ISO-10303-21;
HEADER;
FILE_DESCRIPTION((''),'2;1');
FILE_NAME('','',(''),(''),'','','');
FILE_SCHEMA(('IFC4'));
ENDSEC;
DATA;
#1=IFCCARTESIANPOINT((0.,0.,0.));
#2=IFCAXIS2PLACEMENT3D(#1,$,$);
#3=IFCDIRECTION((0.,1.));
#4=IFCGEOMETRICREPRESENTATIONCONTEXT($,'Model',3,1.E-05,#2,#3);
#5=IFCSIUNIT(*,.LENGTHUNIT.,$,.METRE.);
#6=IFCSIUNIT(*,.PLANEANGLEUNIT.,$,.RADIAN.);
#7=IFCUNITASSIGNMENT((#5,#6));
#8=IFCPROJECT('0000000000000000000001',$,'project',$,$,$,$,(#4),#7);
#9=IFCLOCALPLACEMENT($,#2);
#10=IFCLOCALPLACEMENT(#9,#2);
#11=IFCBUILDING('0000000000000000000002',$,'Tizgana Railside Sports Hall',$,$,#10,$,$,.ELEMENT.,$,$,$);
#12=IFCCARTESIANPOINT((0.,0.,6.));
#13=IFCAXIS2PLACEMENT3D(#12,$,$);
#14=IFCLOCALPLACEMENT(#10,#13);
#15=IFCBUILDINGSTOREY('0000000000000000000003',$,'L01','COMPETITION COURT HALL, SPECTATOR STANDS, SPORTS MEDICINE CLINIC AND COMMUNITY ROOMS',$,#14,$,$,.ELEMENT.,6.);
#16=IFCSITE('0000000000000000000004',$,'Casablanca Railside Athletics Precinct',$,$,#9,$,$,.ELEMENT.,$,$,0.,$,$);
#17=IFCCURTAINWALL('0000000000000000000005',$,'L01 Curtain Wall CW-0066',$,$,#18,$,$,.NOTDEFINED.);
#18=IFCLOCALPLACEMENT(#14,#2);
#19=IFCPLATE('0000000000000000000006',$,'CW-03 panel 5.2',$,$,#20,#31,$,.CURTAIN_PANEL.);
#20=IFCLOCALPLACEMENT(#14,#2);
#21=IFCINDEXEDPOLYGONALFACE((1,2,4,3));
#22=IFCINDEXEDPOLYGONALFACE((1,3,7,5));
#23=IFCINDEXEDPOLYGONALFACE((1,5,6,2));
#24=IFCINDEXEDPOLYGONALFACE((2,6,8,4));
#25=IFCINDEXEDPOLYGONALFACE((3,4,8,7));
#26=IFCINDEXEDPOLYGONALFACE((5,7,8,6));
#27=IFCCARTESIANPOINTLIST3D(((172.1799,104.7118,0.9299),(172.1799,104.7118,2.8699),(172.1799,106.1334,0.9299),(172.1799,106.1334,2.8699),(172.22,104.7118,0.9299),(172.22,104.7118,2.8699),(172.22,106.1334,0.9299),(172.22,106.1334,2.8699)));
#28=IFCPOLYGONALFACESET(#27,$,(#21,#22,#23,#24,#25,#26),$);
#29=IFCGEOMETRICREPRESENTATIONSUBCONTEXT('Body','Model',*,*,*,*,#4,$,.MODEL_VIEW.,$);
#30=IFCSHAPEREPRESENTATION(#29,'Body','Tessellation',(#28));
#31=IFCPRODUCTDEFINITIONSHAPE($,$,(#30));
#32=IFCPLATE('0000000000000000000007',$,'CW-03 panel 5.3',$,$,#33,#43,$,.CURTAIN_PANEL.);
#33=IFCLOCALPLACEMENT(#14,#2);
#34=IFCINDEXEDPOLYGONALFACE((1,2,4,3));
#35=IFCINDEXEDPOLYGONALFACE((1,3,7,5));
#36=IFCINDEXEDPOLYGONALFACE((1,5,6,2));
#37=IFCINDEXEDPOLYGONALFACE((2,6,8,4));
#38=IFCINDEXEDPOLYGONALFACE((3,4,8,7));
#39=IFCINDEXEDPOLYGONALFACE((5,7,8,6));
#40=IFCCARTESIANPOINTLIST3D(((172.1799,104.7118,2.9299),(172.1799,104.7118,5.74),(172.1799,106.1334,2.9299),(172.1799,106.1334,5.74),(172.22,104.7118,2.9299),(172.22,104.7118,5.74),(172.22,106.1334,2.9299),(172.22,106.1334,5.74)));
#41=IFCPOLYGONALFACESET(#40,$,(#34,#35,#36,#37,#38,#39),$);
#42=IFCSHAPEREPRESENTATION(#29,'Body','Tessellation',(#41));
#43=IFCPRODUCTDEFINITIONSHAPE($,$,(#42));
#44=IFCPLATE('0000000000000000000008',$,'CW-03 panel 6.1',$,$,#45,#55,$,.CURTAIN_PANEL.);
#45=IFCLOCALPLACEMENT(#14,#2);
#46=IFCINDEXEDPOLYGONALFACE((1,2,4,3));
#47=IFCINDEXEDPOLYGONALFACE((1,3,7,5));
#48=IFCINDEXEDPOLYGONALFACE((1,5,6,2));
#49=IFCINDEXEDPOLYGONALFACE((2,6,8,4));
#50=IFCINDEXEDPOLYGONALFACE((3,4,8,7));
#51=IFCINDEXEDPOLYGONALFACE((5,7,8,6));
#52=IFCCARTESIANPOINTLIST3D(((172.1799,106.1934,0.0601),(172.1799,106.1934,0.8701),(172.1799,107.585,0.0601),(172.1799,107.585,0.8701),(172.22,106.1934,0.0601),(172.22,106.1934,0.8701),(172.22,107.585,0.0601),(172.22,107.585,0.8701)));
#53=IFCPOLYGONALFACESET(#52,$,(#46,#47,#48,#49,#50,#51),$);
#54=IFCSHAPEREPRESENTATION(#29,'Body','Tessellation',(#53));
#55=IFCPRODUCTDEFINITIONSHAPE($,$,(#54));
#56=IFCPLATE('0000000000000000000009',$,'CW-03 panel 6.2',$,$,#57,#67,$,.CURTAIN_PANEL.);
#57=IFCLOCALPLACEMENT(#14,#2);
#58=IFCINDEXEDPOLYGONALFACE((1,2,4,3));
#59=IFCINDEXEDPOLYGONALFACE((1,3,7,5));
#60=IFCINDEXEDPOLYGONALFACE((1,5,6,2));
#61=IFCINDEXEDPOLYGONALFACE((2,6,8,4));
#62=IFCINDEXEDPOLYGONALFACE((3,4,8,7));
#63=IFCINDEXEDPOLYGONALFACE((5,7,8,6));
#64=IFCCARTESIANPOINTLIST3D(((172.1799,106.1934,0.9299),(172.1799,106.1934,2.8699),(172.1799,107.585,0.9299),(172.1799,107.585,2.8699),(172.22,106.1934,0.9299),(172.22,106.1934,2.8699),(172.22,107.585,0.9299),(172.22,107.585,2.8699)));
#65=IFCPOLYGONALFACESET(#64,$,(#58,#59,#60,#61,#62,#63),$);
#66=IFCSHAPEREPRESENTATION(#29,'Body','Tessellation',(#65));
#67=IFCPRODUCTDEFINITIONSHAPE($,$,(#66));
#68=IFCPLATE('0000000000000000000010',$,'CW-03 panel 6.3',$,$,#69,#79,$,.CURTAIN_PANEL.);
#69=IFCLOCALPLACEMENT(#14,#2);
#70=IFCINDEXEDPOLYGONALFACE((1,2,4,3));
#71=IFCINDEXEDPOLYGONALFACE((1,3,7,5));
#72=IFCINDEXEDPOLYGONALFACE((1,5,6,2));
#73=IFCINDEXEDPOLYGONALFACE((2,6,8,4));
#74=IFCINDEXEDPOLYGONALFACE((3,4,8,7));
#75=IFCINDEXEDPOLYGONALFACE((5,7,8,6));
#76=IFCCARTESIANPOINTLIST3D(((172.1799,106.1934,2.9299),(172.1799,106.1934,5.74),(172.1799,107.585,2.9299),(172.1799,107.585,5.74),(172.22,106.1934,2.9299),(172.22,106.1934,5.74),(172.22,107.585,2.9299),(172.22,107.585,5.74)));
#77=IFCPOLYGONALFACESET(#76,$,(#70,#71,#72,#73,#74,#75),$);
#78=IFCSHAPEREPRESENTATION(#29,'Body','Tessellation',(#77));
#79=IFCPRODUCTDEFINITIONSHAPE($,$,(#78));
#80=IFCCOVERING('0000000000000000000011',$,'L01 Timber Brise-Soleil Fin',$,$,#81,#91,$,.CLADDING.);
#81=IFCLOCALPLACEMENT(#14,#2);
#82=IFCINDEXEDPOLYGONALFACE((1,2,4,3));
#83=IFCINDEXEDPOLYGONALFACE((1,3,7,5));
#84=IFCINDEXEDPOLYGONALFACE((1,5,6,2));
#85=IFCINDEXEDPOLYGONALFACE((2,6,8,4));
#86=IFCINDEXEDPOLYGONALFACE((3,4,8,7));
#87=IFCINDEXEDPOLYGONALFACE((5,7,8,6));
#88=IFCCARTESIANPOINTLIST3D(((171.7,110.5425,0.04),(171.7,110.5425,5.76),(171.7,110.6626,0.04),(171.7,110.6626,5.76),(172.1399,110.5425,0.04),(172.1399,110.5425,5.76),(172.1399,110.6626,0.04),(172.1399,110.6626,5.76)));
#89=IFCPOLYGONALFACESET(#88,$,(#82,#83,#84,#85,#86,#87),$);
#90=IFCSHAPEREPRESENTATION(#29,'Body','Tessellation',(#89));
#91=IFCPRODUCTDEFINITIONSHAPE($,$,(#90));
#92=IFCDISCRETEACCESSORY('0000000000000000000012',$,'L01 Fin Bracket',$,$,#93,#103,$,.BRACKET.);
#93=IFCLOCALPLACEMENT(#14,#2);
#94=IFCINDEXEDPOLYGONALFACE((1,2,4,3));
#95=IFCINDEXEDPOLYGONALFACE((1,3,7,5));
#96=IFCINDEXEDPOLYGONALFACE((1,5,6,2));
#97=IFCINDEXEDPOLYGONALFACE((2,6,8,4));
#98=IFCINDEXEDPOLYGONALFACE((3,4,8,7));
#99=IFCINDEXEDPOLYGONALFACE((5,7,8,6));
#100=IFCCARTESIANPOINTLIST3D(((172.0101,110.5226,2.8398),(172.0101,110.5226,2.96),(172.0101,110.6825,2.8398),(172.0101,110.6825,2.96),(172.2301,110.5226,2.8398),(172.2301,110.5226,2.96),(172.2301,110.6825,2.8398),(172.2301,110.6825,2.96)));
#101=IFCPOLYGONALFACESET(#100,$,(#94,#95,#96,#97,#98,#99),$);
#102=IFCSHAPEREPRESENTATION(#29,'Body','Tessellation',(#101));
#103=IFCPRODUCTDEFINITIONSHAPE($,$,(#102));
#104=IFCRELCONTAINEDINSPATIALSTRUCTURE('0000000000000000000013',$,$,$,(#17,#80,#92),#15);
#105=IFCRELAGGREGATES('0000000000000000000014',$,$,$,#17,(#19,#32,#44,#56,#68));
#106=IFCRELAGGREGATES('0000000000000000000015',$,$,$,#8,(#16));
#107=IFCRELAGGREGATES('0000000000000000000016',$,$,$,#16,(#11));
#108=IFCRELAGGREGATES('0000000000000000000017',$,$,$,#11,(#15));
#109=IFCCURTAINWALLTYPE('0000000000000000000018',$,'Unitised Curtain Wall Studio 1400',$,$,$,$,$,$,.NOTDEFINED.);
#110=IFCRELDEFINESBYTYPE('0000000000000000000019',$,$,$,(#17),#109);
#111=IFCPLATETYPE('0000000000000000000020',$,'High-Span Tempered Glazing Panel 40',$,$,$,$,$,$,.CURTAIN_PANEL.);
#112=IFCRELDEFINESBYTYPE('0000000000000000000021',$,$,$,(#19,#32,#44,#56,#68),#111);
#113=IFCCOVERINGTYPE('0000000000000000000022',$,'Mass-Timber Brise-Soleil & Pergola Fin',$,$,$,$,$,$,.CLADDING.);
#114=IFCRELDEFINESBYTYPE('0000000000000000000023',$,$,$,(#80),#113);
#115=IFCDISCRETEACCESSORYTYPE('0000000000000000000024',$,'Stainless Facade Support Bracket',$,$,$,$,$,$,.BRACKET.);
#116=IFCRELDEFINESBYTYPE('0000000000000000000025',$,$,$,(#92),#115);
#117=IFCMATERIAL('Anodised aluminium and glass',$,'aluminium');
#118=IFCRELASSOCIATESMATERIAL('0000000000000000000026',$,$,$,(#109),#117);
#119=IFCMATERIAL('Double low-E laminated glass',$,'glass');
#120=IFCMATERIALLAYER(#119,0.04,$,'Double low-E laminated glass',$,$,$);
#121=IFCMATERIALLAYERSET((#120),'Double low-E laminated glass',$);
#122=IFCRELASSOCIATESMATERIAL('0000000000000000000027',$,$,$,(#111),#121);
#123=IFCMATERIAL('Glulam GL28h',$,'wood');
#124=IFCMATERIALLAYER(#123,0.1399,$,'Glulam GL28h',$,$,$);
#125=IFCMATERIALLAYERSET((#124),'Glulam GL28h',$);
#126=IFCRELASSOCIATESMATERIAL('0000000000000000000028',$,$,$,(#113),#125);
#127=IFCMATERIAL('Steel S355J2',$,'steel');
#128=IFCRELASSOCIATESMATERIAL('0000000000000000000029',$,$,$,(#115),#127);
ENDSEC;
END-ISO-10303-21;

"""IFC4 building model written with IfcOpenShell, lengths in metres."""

from ifc_helpers import new_model, si_unit, direction, frame, origin, origin_2d, place, context, subcontext, project, spatial, rectangle, extrude, material, layer, layer_set, type_object, element, aggregate, save


model = new_model("IFC4")

# Units and contexts
model_context = context("Model", 3, precision=1e-05, world=origin(), true_north=direction((0.0, 1.0)))
body_context = subcontext(model_context, "Body", "Model", "MODEL_VIEW")
ifc_project = project(units=[si_unit("LENGTHUNIT", "METRE"), si_unit("PLANEANGLEUNIT", "RADIAN")], contexts=[model_context])

# Site, building, storey
site_placement = place(None, origin())
site = spatial("IfcSite", under=ifc_project, at=site_placement, Name="Casablanca Railside Athletics Precinct", CompositionType="ELEMENT", RefElevation=0.0)
building_placement = place(site_placement, origin())
building = spatial("IfcBuilding", under=site, at=building_placement, Name="Tizgana Railside Sports Hall", CompositionType="ELEMENT")
storey_placement = place(building_placement, frame((0.0, 0.0, 6.0)))
storey = spatial("IfcBuildingStorey", under=building, at=storey_placement, Name="L01", Description="COMPETITION COURT HALL, SPECTATOR STANDS, SPORTS MEDICINE CLINIC AND COMMUNITY ROOMS", CompositionType="ELEMENT", Elevation=6.0)

# Curtain wall
ifc_material_1 = material(Name="Anodised aluminium and glass", Category="aluminium")
curtain_wall_type_1 = type_object("IfcCurtainWallType", Name="Unitised Curtain Wall Studio 1400", PredefinedType="NOTDEFINED", material=ifc_material_1)
curtain_wall_1_placement = place(storey_placement, origin())
curtain_wall_1 = element("IfcCurtainWall", 1, at=curtain_wall_1_placement, inside=storey, type_object=curtain_wall_type_1, Name="L01 Curtain Wall CW-0066", PredefinedType="NOTDEFINED")

# Plates
ifc_material_2 = material(Name="Double low-E laminated glass", Category="glass")
ifc_layer_1 = layer(ifc_material_2, 0.04, Name="Double low-E laminated glass")
ifc_layer_set_1 = layer_set([ifc_layer_1], Name="Double low-E laminated glass")
plate_type_1 = type_object("IfcPlateType", Name="High-Span Tempered Glazing Panel 40", PredefinedType="CURTAIN_PANEL", material=ifc_layer_set_1)
plate_1_placement = place(storey_placement, frame((172.2, 105.4226, 0.9299), z_axis=(0.0, 0.0, 1.0), x_axis=(0.0, 1.0, 0.0)))
plate_1 = element("IfcPlate", 2, at=plate_1_placement, type_object=plate_type_1, Name="CW-03 panel 5.2", PredefinedType="CURTAIN_PANEL", context=body_context, shape_type="SweptSolid", body=[
    extrude(rectangle(XDim=1.4216, YDim=0.04, at=origin_2d()), origin(), (0.0, 0.0, 1.0), 1.9399),
])
plate_2_placement = place(storey_placement, frame((172.2, 105.4226, 2.9299), z_axis=(0.0, 0.0, 1.0), x_axis=(0.0, 1.0, 0.0)))
plate_2 = element("IfcPlate", 3, at=plate_2_placement, type_object=plate_type_1, Name="CW-03 panel 5.3", PredefinedType="CURTAIN_PANEL", context=body_context, shape_type="SweptSolid", body=[
    extrude(rectangle(XDim=1.4216, YDim=0.04, at=origin_2d()), origin(), (0.0, 0.0, 1.0), 2.8101),
])
plate_3_placement = place(storey_placement, frame((172.2, 106.8892, 0.0601), z_axis=(0.0, 0.0, 1.0), x_axis=(0.0, 1.0, 0.0)))
plate_3 = element("IfcPlate", 4, at=plate_3_placement, type_object=plate_type_1, Name="CW-03 panel 6.1", PredefinedType="CURTAIN_PANEL", context=body_context, shape_type="SweptSolid", body=[
    extrude(rectangle(XDim=1.3916, YDim=0.04, at=origin_2d()), origin(), (0.0, 0.0, 1.0), 0.8101),
])
plate_4_placement = place(storey_placement, frame((172.2, 106.8892, 0.9299), z_axis=(0.0, 0.0, 1.0), x_axis=(0.0, 1.0, 0.0)))
plate_4 = element("IfcPlate", 5, at=plate_4_placement, type_object=plate_type_1, Name="CW-03 panel 6.2", PredefinedType="CURTAIN_PANEL", context=body_context, shape_type="SweptSolid", body=[
    extrude(rectangle(XDim=1.3916, YDim=0.04, at=origin_2d()), origin(), (0.0, 0.0, 1.0), 1.9399),
])
plate_5_placement = place(storey_placement, frame((172.2, 106.8892, 2.9299), z_axis=(0.0, 0.0, 1.0), x_axis=(0.0, 1.0, 0.0)))
plate_5 = element("IfcPlate", 6, at=plate_5_placement, type_object=plate_type_1, Name="CW-03 panel 6.3", PredefinedType="CURTAIN_PANEL", context=body_context, shape_type="SweptSolid", body=[
    extrude(rectangle(XDim=1.3916, YDim=0.04, at=origin_2d()), origin(), (0.0, 0.0, 1.0), 2.8101),
])
aggregate(curtain_wall_1, [plate_1, plate_2, plate_3, plate_4, plate_5])

# Covering
ifc_material_3 = material(Name="Glulam GL28h", Category="wood")
ifc_layer_2 = layer(ifc_material_3, 0.1399, Name="Glulam GL28h")
ifc_layer_set_2 = layer_set([ifc_layer_2], Name="Glulam GL28h")
covering_type = type_object("IfcCoveringType", Name="Mass-Timber Brise-Soleil & Pergola Fin", PredefinedType="CLADDING", material=ifc_layer_set_2)
covering_placement = place(storey_placement, frame((171.9199, 110.6025, 0.04), z_axis=(0.0, 0.0, 1.0), x_axis=(0.0, 1.0, 0.0)))
element("IfcCovering", 7, at=covering_placement, inside=storey, type_object=covering_type, Name="L01 Timber Brise-Soleil Fin", PredefinedType="CLADDING", context=body_context, shape_type="SweptSolid", body=[
    extrude(rectangle(XDim=0.1201, YDim=0.4399, at=origin_2d()), origin(), (0.0, 0.0, 1.0), 5.72),
])

# Discrete accessory
ifc_material_4 = material(Name="Steel S355J2", Category="steel")
discrete_accessory_type = type_object("IfcDiscreteAccessoryType", Name="Stainless Facade Support Bracket", PredefinedType="BRACKET", material=ifc_material_4)
discrete_accessory_placement = place(storey_placement, frame((172.1201, 110.6025, 2.8398), z_axis=(0.0, 0.0, 1.0), x_axis=(0.0, 1.0, 0.0)))
element("IfcDiscreteAccessory", 8, at=discrete_accessory_placement, inside=storey, type_object=discrete_accessory_type, Name="L01 Fin Bracket", PredefinedType="BRACKET", context=body_context, shape_type="SweptSolid", body=[
    extrude(rectangle(XDim=0.1599, YDim=0.22, at=origin_2d()), origin(), (0.0, 0.0, 1.0), 0.1201),
])

save(model, "model.ifc")
